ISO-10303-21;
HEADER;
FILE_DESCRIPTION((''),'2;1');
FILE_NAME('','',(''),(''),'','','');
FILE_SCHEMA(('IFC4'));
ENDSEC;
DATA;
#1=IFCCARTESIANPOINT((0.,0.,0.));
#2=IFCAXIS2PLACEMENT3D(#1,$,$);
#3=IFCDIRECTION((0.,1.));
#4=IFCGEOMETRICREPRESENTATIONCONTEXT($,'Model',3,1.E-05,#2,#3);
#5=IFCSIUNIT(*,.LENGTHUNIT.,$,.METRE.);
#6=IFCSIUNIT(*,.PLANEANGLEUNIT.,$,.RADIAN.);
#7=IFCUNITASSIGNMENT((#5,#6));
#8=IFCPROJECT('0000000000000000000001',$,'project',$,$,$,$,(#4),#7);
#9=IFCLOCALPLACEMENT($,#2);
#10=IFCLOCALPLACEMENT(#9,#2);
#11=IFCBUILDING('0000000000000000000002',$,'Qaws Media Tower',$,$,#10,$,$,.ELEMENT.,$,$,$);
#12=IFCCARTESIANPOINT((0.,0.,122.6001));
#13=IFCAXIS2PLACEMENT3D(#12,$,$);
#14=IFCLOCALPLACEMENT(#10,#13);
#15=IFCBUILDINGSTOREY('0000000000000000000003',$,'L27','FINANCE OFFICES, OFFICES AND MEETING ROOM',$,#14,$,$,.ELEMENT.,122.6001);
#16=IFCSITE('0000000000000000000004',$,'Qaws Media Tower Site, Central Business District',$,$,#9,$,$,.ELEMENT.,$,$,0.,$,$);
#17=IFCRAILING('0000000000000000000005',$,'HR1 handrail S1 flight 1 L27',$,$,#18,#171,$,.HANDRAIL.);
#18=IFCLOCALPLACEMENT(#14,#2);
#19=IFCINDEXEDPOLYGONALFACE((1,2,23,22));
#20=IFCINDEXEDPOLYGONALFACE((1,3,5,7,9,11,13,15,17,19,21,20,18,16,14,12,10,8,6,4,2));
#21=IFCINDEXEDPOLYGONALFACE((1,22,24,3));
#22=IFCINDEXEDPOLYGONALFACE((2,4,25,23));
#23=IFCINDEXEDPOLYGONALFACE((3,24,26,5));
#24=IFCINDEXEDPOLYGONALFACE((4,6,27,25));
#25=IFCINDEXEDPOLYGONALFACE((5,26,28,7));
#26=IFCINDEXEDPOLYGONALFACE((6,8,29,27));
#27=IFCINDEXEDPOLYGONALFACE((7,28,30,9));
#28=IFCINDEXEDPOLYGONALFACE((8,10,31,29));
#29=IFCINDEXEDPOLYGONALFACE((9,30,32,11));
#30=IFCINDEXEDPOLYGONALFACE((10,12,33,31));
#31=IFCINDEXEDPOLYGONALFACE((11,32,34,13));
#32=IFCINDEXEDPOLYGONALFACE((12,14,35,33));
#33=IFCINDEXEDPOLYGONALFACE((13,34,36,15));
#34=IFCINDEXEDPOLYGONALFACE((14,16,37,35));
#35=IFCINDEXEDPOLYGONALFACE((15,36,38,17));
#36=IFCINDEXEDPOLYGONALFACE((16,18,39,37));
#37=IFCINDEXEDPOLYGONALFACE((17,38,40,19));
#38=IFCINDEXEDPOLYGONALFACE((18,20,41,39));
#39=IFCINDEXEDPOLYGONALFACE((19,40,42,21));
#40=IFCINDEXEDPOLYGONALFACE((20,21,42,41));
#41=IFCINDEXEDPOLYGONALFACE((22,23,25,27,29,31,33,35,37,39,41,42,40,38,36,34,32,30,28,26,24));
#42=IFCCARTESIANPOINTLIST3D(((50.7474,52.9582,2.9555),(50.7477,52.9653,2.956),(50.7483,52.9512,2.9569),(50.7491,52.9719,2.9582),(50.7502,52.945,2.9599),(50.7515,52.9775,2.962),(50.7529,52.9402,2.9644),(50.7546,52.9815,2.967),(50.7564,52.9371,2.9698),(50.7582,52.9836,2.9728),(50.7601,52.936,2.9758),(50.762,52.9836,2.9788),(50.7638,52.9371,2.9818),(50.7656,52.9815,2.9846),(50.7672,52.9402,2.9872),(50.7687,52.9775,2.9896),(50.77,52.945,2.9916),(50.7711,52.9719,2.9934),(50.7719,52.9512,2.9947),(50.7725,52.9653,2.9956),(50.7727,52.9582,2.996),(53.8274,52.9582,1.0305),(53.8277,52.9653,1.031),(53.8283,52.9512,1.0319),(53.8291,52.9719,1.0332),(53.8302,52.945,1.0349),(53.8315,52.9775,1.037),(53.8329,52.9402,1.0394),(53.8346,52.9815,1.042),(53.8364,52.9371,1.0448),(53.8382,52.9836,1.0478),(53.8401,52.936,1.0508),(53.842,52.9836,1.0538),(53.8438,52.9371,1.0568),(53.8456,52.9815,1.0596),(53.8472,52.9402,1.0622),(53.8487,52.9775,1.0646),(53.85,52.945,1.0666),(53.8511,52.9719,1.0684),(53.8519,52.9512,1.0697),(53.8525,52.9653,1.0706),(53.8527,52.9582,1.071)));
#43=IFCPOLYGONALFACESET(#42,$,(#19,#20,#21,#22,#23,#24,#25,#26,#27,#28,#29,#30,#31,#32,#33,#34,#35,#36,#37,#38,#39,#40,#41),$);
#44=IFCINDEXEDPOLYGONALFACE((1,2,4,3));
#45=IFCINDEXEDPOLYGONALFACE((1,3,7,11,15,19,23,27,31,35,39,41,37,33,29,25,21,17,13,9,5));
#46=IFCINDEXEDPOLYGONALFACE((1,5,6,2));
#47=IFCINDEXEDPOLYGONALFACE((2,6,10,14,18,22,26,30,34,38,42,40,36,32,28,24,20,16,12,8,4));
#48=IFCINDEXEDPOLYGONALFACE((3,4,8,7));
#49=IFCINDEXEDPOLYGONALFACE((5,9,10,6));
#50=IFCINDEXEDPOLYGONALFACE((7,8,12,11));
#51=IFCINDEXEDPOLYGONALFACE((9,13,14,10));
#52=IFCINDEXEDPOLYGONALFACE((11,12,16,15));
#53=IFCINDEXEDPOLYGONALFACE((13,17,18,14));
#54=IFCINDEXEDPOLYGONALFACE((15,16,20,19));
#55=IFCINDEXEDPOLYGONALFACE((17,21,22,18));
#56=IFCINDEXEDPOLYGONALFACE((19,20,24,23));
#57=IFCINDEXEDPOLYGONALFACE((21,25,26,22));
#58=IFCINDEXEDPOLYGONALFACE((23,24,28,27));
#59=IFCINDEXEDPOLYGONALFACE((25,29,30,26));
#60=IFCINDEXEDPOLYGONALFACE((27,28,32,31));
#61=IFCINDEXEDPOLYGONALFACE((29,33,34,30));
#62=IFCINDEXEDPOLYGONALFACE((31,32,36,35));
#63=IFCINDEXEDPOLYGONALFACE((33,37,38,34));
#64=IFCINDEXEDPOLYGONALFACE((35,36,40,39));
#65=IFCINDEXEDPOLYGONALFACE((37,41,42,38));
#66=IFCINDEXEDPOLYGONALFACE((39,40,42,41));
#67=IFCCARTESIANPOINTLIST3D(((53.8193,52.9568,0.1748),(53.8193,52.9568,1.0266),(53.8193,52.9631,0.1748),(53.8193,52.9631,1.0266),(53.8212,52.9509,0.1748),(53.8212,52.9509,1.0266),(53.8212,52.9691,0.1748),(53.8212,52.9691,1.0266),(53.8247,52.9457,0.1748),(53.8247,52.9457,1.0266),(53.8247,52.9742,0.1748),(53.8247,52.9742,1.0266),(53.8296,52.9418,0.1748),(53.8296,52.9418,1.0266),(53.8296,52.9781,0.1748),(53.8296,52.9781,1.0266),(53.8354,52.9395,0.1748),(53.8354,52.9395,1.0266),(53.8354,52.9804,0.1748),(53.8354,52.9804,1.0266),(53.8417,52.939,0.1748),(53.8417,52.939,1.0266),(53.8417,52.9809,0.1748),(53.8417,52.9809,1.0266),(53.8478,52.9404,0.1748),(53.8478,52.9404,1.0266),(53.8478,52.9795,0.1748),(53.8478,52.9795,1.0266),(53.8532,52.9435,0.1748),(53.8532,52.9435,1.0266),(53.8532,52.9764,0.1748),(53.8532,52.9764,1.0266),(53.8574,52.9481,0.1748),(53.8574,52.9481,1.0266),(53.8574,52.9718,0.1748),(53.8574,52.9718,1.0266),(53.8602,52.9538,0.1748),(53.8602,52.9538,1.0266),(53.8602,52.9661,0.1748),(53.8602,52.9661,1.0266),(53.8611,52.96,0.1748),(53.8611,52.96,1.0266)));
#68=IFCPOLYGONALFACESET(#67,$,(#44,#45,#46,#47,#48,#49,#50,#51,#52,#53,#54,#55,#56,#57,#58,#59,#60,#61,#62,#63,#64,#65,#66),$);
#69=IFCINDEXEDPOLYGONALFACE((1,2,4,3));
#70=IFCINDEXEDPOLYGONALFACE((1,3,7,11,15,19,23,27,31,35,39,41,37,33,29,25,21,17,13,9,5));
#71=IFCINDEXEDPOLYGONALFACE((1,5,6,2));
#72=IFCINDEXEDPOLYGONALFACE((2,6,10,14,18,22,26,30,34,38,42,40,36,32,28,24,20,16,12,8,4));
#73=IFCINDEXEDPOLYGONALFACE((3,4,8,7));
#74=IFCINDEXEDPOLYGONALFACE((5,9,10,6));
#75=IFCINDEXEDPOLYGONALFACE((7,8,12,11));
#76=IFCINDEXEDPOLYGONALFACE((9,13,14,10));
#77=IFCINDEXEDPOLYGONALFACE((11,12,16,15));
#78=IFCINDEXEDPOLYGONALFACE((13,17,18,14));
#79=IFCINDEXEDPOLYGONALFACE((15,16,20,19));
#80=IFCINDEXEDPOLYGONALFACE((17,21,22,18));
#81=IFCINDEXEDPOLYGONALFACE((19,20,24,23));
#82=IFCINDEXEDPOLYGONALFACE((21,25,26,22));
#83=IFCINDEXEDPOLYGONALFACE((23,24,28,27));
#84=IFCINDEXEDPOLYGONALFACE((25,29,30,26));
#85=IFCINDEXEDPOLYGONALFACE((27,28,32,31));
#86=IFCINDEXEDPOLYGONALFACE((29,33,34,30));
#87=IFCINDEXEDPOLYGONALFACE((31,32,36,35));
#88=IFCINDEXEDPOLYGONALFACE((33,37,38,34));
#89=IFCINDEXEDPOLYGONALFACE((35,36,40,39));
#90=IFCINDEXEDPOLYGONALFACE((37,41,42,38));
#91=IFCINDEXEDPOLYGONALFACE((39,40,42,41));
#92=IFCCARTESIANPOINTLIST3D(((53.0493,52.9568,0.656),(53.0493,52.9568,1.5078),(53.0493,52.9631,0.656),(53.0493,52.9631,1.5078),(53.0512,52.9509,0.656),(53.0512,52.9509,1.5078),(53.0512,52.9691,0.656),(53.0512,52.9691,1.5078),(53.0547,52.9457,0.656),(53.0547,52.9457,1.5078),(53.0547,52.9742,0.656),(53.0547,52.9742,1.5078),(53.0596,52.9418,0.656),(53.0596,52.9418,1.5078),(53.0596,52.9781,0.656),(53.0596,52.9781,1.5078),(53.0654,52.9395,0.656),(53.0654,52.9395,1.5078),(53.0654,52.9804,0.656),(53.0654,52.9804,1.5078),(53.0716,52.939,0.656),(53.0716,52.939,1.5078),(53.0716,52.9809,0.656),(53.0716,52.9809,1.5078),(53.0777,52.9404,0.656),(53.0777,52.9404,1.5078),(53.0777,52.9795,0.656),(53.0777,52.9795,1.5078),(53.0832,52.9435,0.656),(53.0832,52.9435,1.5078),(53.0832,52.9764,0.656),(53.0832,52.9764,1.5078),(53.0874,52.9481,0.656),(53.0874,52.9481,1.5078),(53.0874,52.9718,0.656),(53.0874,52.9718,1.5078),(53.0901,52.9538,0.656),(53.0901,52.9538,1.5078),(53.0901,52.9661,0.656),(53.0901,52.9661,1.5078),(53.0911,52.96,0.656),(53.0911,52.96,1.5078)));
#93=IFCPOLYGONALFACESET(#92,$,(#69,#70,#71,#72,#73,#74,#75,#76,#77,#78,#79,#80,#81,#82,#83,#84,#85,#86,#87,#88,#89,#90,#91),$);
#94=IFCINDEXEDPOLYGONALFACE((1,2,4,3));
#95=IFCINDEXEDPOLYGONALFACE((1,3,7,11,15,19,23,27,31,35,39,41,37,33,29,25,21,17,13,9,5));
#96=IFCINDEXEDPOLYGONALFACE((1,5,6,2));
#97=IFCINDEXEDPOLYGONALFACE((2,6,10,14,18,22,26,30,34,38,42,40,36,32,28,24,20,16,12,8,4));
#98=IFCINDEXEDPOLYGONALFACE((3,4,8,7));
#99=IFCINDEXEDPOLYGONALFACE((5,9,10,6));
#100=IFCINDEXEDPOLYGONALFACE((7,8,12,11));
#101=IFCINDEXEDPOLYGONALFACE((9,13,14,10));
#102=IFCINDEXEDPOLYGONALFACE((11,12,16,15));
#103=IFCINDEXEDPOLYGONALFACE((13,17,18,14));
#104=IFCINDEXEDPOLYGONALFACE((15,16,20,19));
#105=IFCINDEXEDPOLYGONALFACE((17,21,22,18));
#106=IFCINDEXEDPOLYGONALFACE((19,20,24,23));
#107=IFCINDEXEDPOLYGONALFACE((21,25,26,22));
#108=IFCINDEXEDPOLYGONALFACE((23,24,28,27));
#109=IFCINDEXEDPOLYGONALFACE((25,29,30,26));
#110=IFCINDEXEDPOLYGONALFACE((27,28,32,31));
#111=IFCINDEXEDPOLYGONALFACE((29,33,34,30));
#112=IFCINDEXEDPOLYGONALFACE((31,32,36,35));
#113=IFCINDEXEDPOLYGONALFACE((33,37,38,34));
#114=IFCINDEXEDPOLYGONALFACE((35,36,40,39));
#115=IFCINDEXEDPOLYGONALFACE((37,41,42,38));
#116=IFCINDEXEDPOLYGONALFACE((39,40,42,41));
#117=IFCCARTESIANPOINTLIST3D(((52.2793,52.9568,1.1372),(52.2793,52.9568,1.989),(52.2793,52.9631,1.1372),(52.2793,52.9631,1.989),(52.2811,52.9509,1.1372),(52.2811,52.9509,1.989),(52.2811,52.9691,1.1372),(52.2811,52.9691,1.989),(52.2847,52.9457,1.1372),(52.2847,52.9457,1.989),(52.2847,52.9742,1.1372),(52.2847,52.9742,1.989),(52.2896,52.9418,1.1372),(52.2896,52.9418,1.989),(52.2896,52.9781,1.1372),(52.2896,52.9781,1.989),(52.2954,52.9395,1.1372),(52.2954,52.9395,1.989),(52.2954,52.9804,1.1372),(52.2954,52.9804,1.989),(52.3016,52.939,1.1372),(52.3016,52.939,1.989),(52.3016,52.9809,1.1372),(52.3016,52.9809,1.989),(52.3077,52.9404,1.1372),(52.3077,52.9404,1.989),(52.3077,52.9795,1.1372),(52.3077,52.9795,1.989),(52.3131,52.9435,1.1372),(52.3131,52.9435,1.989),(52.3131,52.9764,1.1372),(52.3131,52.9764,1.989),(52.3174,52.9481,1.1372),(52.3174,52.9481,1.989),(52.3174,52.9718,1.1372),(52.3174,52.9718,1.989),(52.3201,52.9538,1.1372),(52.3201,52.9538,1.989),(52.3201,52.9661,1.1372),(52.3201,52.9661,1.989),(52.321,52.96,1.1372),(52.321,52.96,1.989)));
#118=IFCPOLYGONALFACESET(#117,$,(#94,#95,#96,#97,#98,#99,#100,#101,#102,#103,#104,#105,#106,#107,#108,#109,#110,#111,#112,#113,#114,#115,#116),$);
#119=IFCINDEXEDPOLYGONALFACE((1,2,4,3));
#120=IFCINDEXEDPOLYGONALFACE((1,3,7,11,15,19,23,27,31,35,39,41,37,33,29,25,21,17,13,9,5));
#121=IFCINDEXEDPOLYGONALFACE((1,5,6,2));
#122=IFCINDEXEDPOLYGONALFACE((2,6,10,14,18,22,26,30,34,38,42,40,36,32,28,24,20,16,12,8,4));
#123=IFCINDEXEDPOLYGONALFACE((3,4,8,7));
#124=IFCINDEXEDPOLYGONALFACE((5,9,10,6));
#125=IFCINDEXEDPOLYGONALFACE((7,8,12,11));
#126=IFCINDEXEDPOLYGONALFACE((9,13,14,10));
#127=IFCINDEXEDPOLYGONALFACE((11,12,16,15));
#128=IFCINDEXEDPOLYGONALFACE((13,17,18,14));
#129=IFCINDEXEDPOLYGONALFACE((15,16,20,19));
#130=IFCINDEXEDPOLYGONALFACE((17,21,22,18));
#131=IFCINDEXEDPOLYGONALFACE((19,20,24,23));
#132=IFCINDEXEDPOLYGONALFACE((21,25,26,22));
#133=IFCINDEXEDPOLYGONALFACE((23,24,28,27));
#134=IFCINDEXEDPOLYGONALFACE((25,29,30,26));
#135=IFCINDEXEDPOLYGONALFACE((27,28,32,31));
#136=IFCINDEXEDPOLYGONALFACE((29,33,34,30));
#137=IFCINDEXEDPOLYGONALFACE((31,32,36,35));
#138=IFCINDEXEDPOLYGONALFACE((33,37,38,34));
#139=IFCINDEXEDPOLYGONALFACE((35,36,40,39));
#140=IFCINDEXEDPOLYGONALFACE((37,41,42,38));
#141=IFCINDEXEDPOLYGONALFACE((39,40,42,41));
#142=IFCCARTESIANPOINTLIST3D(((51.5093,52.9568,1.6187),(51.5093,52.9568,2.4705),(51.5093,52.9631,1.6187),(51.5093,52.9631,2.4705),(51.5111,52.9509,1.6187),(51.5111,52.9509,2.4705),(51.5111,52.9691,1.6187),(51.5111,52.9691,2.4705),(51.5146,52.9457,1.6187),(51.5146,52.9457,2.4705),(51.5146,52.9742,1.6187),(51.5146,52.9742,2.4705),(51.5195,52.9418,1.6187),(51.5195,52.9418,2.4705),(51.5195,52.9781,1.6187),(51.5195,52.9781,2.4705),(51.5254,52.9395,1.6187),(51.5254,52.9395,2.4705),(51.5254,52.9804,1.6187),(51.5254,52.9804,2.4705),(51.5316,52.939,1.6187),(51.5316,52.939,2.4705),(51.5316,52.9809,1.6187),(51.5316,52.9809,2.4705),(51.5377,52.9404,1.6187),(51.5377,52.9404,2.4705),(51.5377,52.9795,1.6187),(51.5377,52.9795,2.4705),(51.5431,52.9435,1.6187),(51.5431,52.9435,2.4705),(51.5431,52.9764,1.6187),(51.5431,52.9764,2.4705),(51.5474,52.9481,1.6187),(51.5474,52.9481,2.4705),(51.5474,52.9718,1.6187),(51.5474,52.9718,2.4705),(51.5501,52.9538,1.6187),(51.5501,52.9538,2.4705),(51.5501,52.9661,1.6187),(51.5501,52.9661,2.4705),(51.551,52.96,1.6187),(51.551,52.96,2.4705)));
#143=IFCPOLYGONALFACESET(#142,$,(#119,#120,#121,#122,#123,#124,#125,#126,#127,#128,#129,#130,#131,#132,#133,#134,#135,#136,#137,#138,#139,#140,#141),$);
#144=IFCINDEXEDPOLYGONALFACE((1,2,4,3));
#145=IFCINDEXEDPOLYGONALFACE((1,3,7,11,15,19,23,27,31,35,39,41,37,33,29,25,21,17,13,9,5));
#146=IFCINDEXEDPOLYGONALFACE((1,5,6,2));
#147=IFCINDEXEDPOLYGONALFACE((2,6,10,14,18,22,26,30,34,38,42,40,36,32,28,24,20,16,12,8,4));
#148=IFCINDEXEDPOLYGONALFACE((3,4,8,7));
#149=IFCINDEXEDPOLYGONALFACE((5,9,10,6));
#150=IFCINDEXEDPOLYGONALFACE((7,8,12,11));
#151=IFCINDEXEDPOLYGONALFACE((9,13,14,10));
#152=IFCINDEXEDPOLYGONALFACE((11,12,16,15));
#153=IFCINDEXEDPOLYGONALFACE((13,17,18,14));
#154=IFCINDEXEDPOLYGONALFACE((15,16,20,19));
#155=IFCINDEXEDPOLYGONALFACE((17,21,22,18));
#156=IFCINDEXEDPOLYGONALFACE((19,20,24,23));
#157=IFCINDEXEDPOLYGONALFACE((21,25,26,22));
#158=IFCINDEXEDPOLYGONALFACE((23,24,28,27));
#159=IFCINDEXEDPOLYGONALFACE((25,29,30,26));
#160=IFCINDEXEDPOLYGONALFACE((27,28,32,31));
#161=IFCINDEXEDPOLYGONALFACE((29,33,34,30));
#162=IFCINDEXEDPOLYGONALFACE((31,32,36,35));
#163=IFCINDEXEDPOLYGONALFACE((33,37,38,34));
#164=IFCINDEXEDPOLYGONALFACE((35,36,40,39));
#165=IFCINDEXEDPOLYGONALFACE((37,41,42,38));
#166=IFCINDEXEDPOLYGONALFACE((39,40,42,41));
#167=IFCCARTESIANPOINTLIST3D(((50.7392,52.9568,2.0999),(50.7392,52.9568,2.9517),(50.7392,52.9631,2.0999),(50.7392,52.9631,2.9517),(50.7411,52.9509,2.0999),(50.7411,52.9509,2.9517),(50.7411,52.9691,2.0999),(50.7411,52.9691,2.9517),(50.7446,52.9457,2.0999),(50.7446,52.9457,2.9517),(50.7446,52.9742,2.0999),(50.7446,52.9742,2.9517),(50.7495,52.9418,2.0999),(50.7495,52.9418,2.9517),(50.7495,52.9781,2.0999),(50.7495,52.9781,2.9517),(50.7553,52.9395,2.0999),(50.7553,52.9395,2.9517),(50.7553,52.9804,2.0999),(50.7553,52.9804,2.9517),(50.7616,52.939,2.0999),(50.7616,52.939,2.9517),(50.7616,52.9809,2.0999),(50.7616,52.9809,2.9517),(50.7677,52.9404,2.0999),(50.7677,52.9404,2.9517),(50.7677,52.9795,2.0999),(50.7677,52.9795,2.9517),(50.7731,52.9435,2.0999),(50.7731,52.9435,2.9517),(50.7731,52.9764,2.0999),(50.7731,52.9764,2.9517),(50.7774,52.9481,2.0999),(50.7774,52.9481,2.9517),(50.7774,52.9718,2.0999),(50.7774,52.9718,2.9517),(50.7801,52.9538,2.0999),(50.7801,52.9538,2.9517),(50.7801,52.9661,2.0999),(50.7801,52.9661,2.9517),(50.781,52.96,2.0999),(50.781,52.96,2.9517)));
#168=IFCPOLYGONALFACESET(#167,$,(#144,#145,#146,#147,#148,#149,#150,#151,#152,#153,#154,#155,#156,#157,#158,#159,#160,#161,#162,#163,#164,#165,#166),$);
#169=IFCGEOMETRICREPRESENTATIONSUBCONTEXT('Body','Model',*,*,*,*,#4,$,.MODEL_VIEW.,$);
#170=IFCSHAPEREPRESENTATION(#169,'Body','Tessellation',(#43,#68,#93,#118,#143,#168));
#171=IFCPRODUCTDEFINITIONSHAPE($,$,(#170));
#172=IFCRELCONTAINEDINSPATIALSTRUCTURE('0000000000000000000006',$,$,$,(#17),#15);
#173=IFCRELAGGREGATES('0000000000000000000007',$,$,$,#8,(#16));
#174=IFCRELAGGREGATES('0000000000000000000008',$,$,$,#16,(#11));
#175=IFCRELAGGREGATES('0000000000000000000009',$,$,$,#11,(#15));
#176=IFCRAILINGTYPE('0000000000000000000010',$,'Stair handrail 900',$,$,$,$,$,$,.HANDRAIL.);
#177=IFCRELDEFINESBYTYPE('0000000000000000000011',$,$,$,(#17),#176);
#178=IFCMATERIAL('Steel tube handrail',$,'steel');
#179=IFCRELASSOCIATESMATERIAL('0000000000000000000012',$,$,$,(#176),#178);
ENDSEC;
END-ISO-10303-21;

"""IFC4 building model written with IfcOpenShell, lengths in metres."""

from ifc_helpers import new_model, si_unit, direction, frame, origin, origin_2d, place, context, subcontext, project, spatial, circle, extrude, material, type_object, element, save


model = new_model("IFC4")

# Units and contexts
model_context = context("Model", 3, precision=1e-05, world=origin(), true_north=direction((0.0, 1.0)))
body_context = subcontext(model_context, "Body", "Model", "MODEL_VIEW")
ifc_project = project(units=[si_unit("LENGTHUNIT", "METRE"), si_unit("PLANEANGLEUNIT", "RADIAN")], contexts=[model_context])

# Site, building, storey
site_placement = place(None, origin())
site = spatial("IfcSite", under=ifc_project, at=site_placement, Name="Qaws Media Tower Site, Central Business District", CompositionType="ELEMENT", RefElevation=0.0)
building_placement = place(site_placement, origin())
building = spatial("IfcBuilding", under=site, at=building_placement, Name="Qaws Media Tower", CompositionType="ELEMENT")
storey_placement = place(building_placement, frame((0.0, 0.0, 122.6001)))
storey = spatial("IfcBuildingStorey", under=building, at=storey_placement, Name="L27", Description="FINANCE OFFICES, OFFICES AND MEETING ROOM", CompositionType="ELEMENT", Elevation=122.6001)

# Railing
ifc_material_1 = material(Name="Steel tube handrail", Category="steel")
railing_type = type_object("IfcRailingType", Name="Stair handrail 900", PredefinedType="HANDRAIL", material=ifc_material_1)
for number, where, name in (
    (1, (53.8401, 52.96, 0.1748), "HR1 handrail S1 flight 1 L27"),
):
    element("IfcRailing", number, at=place(storey_placement, frame(where)), inside=storey, type_object=railing_type, Name=name, PredefinedType="HANDRAIL", context=body_context, shape_type="SweptSolid", body=[
        extrude(circle(Radius=0.0239, at=origin_2d()), frame((0.0, 0.0, 0.876), z_axis=(-0.847998, 0.0, 0.529999), x_axis=(0.0, -1.0, 0.0)), (0.0, 0.0, 1.0), 3.6321),
        extrude(circle(Radius=0.021, at=origin_2d()), origin(), (0.0, 0.0, 1.0), 0.8518),
        extrude(circle(Radius=0.021, at=origin_2d()), frame((-0.77, 0.0, 0.4812)), (0.0, 0.0, 1.0), 0.8518),
        extrude(circle(Radius=0.021, at=origin_2d()), frame((-1.54, 0.0, 0.9624)), (0.0, 0.0, 1.0), 0.8518),
        extrude(circle(Radius=0.021, at=origin_2d()), frame((-2.3101, 0.0, 1.4438)), (0.0, 0.0, 1.0), 0.8518),
        extrude(circle(Radius=0.021, at=origin_2d()), frame((-3.0801, 0.0, 1.925)), (0.0, 0.0, 1.0), 0.8518),
    ])

save(model, "model.ifc")
